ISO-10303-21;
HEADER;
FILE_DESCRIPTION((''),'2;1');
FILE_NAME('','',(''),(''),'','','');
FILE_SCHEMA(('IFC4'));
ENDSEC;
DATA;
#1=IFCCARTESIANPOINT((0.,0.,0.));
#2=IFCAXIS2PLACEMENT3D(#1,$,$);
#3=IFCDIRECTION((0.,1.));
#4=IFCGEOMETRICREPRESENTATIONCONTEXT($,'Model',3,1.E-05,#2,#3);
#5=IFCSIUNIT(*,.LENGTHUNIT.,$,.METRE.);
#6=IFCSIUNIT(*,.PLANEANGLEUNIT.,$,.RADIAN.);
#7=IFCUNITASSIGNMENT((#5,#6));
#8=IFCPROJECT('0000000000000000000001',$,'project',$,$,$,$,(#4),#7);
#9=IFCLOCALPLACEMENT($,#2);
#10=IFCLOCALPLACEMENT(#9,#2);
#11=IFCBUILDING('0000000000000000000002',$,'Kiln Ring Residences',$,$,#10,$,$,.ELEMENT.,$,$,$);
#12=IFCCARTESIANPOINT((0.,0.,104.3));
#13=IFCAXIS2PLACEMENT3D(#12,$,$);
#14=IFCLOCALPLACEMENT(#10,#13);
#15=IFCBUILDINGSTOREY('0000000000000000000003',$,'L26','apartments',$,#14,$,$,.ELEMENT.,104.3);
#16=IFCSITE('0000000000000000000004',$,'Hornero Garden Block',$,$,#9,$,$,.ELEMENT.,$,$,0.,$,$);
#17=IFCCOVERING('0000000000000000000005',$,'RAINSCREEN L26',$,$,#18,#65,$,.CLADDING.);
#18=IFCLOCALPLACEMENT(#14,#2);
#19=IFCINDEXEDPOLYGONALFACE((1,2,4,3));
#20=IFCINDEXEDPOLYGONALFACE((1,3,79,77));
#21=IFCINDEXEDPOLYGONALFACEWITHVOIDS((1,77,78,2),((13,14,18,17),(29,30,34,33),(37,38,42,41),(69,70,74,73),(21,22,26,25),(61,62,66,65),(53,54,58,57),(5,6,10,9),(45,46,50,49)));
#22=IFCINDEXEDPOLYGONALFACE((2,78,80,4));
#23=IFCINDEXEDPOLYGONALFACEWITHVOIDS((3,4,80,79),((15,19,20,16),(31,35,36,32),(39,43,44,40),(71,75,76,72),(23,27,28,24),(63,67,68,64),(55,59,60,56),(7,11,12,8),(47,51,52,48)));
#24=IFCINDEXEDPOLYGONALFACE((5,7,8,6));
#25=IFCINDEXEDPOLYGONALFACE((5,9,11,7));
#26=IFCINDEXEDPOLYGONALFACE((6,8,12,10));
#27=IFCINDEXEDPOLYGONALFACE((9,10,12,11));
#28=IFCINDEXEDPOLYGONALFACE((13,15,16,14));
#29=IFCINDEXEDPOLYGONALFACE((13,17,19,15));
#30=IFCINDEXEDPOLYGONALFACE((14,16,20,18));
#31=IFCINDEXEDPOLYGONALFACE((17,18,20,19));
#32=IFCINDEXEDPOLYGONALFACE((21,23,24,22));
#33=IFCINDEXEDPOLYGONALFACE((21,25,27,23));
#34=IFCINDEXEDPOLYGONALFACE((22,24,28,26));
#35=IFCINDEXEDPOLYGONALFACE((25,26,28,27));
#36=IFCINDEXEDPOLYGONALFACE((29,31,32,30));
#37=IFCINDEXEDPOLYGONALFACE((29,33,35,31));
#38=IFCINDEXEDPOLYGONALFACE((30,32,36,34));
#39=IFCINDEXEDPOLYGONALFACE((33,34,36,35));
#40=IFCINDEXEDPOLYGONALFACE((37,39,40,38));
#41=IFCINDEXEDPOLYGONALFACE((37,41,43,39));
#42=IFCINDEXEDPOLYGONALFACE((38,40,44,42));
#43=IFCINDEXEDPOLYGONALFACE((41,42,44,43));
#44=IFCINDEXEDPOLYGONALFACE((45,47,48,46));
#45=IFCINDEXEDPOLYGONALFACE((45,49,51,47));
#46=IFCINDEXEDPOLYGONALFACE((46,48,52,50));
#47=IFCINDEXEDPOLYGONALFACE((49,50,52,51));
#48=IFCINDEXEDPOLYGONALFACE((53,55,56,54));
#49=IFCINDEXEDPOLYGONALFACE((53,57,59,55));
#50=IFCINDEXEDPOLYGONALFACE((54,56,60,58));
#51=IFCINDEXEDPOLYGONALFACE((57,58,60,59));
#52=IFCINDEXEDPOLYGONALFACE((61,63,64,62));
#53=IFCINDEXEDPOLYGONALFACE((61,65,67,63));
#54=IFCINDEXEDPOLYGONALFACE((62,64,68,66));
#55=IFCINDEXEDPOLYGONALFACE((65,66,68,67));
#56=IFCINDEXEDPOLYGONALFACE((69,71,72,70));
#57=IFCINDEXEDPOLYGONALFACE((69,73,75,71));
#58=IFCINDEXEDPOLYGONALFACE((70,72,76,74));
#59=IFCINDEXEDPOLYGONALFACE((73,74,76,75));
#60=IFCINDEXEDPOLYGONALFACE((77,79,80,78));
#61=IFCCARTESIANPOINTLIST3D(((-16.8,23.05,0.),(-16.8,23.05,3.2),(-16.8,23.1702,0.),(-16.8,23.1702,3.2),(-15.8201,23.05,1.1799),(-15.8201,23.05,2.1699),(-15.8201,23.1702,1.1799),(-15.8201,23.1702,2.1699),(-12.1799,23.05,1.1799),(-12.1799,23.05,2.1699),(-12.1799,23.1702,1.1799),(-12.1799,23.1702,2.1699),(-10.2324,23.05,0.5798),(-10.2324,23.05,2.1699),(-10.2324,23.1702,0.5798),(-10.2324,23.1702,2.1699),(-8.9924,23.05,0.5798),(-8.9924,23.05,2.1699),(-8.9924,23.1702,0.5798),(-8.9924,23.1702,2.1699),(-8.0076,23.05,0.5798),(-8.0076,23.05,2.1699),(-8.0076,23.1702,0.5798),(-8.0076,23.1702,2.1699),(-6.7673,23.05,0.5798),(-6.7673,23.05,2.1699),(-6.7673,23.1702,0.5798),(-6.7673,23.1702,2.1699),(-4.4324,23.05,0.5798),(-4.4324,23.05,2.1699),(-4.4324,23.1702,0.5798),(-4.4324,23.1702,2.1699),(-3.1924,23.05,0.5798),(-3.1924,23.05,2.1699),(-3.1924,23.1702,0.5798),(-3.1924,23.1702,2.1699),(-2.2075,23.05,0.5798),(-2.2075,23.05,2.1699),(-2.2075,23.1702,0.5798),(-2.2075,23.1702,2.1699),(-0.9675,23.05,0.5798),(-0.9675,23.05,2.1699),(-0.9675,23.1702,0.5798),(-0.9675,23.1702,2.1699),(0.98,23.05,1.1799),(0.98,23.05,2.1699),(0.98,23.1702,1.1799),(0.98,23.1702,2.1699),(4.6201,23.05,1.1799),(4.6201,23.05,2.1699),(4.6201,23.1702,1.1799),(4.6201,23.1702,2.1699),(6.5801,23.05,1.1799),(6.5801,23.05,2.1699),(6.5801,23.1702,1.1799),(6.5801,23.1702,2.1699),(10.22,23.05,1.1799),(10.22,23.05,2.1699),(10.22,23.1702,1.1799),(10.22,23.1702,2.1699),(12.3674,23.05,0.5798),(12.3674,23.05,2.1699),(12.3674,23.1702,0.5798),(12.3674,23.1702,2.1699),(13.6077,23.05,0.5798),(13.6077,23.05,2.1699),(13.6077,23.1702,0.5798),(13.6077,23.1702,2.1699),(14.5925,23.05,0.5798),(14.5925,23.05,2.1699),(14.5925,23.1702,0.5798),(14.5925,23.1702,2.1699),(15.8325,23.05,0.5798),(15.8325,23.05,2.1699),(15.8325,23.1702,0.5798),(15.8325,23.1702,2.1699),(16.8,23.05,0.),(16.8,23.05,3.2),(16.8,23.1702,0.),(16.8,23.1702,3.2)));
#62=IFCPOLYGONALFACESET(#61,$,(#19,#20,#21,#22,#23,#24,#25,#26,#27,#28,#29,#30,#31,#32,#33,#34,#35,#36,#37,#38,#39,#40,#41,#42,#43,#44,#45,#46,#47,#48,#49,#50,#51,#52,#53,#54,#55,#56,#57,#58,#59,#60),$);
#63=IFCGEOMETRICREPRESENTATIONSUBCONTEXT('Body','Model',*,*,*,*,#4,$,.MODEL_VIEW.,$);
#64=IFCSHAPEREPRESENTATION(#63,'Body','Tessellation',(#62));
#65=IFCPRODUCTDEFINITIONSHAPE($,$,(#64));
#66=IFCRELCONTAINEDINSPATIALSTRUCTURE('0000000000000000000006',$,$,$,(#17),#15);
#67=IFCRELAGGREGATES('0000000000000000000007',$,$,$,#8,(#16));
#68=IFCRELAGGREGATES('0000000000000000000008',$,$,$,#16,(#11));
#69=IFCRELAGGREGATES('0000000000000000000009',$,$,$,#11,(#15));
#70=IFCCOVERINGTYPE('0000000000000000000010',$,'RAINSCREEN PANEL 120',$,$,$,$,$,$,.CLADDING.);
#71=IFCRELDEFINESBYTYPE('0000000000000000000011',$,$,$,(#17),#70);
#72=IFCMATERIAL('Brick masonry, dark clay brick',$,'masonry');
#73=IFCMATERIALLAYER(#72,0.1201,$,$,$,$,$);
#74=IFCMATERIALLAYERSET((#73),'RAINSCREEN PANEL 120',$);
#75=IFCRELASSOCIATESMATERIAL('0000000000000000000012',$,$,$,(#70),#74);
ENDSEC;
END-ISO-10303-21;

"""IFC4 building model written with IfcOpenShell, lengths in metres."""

from ifc_helpers import new_model, si_unit, direction, frame, origin, place, context, subcontext, project, spatial, polyline, outline, extrude, material, layer, layer_set, type_object, element, save


model = new_model("IFC4")

# Units and contexts
model_context = context("Model", 3, precision=1e-05, world=origin(), true_north=direction((0.0, 1.0)))
body_context = subcontext(model_context, "Body", "Model", "MODEL_VIEW")
ifc_project = project(units=[si_unit("LENGTHUNIT", "METRE"), si_unit("PLANEANGLEUNIT", "RADIAN")], contexts=[model_context])

# Site, building, storey
site_placement = place(None, origin())
site = spatial("IfcSite", under=ifc_project, at=site_placement, Name="Hornero Garden Block", CompositionType="ELEMENT", RefElevation=0.0)
building_placement = place(site_placement, origin())
building = spatial("IfcBuilding", under=site, at=building_placement, Name="Kiln Ring Residences", CompositionType="ELEMENT")
storey_placement = place(building_placement, frame((0.0, 0.0, 104.3)))
storey = spatial("IfcBuildingStorey", under=building, at=storey_placement, Name="L26", Description="apartments", CompositionType="ELEMENT", Elevation=104.3)

# Covering
ifc_material_1 = material(Name="Brick masonry, dark clay brick", Category="masonry")
ifc_layer_1 = layer(ifc_material_1, 0.1201)
ifc_layer_set_1 = layer_set([ifc_layer_1], Name="RAINSCREEN PANEL 120")
covering_type_1 = type_object("IfcCoveringType", Name="RAINSCREEN PANEL 120", PredefinedType="CLADDING", material=ifc_layer_set_1)
covering_1_placement = place(storey_placement, frame((16.8, 23.1101, 0.0), z_axis=(0.0, 0.0, 1.0), x_axis=(-1.0, 0.0, 0.0)))
element("IfcCovering", 1, at=covering_1_placement, inside=storey, type_object=covering_type_1, Name="RAINSCREEN L26", PredefinedType="CLADDING", context=body_context, shape_type="SweptSolid", body=[
    extrude(outline(polyline([(0.0, 0.0), (33.6001, 0.0), (33.6001, 3.2), (0.0, 3.2), (0.0, 0.0)]), holes=[polyline([(0.9675, 0.5798), (2.2075, 0.5798), (2.2075, 2.1699), (0.9675, 2.1699), (0.9675, 0.5798)]), polyline([(3.1924, 0.5798), (4.4326, 0.5798), (4.4326, 2.1699), (3.1924, 2.1699), (3.1924, 0.5798)]), polyline([(17.7676, 0.5798), (19.0076, 0.5798), (19.0076, 2.1699), (17.7676, 2.1699), (17.7676, 0.5798)]), polyline([(19.9924, 0.5798), (21.2324, 0.5798), (21.2324, 2.1699), (19.9924, 2.1699), (19.9924, 0.5798)]), polyline([(23.5674, 0.5798), (24.8076, 0.5798), (24.8076, 2.1699), (23.5674, 2.1699), (23.5674, 0.5798)]), polyline([(25.7925, 0.5798), (27.0325, 0.5798), (27.0325, 2.1699), (25.7925, 2.1699), (25.7925, 0.5798)]), polyline([(6.5801, 1.1799), (10.22, 1.1799), (10.22, 2.1699), (6.5801, 2.1699), (6.5801, 1.1799)]), polyline([(12.1799, 2.1699), (12.1799, 1.1799), (15.8201, 1.1799), (15.8201, 2.1699), (12.1799, 2.1699)]), polyline([(28.98, 2.1699), (28.98, 1.1799), (32.6201, 1.1799), (32.6201, 2.1699), (28.98, 2.1699)])]), frame((0.0, 0.0601, 0.0), z_axis=(0.0, -1.0, 0.0), x_axis=(1.0, 0.0, 0.0)), (0.0, 0.0, 1.0), 0.1201),
])

save(model, "model.ifc")
